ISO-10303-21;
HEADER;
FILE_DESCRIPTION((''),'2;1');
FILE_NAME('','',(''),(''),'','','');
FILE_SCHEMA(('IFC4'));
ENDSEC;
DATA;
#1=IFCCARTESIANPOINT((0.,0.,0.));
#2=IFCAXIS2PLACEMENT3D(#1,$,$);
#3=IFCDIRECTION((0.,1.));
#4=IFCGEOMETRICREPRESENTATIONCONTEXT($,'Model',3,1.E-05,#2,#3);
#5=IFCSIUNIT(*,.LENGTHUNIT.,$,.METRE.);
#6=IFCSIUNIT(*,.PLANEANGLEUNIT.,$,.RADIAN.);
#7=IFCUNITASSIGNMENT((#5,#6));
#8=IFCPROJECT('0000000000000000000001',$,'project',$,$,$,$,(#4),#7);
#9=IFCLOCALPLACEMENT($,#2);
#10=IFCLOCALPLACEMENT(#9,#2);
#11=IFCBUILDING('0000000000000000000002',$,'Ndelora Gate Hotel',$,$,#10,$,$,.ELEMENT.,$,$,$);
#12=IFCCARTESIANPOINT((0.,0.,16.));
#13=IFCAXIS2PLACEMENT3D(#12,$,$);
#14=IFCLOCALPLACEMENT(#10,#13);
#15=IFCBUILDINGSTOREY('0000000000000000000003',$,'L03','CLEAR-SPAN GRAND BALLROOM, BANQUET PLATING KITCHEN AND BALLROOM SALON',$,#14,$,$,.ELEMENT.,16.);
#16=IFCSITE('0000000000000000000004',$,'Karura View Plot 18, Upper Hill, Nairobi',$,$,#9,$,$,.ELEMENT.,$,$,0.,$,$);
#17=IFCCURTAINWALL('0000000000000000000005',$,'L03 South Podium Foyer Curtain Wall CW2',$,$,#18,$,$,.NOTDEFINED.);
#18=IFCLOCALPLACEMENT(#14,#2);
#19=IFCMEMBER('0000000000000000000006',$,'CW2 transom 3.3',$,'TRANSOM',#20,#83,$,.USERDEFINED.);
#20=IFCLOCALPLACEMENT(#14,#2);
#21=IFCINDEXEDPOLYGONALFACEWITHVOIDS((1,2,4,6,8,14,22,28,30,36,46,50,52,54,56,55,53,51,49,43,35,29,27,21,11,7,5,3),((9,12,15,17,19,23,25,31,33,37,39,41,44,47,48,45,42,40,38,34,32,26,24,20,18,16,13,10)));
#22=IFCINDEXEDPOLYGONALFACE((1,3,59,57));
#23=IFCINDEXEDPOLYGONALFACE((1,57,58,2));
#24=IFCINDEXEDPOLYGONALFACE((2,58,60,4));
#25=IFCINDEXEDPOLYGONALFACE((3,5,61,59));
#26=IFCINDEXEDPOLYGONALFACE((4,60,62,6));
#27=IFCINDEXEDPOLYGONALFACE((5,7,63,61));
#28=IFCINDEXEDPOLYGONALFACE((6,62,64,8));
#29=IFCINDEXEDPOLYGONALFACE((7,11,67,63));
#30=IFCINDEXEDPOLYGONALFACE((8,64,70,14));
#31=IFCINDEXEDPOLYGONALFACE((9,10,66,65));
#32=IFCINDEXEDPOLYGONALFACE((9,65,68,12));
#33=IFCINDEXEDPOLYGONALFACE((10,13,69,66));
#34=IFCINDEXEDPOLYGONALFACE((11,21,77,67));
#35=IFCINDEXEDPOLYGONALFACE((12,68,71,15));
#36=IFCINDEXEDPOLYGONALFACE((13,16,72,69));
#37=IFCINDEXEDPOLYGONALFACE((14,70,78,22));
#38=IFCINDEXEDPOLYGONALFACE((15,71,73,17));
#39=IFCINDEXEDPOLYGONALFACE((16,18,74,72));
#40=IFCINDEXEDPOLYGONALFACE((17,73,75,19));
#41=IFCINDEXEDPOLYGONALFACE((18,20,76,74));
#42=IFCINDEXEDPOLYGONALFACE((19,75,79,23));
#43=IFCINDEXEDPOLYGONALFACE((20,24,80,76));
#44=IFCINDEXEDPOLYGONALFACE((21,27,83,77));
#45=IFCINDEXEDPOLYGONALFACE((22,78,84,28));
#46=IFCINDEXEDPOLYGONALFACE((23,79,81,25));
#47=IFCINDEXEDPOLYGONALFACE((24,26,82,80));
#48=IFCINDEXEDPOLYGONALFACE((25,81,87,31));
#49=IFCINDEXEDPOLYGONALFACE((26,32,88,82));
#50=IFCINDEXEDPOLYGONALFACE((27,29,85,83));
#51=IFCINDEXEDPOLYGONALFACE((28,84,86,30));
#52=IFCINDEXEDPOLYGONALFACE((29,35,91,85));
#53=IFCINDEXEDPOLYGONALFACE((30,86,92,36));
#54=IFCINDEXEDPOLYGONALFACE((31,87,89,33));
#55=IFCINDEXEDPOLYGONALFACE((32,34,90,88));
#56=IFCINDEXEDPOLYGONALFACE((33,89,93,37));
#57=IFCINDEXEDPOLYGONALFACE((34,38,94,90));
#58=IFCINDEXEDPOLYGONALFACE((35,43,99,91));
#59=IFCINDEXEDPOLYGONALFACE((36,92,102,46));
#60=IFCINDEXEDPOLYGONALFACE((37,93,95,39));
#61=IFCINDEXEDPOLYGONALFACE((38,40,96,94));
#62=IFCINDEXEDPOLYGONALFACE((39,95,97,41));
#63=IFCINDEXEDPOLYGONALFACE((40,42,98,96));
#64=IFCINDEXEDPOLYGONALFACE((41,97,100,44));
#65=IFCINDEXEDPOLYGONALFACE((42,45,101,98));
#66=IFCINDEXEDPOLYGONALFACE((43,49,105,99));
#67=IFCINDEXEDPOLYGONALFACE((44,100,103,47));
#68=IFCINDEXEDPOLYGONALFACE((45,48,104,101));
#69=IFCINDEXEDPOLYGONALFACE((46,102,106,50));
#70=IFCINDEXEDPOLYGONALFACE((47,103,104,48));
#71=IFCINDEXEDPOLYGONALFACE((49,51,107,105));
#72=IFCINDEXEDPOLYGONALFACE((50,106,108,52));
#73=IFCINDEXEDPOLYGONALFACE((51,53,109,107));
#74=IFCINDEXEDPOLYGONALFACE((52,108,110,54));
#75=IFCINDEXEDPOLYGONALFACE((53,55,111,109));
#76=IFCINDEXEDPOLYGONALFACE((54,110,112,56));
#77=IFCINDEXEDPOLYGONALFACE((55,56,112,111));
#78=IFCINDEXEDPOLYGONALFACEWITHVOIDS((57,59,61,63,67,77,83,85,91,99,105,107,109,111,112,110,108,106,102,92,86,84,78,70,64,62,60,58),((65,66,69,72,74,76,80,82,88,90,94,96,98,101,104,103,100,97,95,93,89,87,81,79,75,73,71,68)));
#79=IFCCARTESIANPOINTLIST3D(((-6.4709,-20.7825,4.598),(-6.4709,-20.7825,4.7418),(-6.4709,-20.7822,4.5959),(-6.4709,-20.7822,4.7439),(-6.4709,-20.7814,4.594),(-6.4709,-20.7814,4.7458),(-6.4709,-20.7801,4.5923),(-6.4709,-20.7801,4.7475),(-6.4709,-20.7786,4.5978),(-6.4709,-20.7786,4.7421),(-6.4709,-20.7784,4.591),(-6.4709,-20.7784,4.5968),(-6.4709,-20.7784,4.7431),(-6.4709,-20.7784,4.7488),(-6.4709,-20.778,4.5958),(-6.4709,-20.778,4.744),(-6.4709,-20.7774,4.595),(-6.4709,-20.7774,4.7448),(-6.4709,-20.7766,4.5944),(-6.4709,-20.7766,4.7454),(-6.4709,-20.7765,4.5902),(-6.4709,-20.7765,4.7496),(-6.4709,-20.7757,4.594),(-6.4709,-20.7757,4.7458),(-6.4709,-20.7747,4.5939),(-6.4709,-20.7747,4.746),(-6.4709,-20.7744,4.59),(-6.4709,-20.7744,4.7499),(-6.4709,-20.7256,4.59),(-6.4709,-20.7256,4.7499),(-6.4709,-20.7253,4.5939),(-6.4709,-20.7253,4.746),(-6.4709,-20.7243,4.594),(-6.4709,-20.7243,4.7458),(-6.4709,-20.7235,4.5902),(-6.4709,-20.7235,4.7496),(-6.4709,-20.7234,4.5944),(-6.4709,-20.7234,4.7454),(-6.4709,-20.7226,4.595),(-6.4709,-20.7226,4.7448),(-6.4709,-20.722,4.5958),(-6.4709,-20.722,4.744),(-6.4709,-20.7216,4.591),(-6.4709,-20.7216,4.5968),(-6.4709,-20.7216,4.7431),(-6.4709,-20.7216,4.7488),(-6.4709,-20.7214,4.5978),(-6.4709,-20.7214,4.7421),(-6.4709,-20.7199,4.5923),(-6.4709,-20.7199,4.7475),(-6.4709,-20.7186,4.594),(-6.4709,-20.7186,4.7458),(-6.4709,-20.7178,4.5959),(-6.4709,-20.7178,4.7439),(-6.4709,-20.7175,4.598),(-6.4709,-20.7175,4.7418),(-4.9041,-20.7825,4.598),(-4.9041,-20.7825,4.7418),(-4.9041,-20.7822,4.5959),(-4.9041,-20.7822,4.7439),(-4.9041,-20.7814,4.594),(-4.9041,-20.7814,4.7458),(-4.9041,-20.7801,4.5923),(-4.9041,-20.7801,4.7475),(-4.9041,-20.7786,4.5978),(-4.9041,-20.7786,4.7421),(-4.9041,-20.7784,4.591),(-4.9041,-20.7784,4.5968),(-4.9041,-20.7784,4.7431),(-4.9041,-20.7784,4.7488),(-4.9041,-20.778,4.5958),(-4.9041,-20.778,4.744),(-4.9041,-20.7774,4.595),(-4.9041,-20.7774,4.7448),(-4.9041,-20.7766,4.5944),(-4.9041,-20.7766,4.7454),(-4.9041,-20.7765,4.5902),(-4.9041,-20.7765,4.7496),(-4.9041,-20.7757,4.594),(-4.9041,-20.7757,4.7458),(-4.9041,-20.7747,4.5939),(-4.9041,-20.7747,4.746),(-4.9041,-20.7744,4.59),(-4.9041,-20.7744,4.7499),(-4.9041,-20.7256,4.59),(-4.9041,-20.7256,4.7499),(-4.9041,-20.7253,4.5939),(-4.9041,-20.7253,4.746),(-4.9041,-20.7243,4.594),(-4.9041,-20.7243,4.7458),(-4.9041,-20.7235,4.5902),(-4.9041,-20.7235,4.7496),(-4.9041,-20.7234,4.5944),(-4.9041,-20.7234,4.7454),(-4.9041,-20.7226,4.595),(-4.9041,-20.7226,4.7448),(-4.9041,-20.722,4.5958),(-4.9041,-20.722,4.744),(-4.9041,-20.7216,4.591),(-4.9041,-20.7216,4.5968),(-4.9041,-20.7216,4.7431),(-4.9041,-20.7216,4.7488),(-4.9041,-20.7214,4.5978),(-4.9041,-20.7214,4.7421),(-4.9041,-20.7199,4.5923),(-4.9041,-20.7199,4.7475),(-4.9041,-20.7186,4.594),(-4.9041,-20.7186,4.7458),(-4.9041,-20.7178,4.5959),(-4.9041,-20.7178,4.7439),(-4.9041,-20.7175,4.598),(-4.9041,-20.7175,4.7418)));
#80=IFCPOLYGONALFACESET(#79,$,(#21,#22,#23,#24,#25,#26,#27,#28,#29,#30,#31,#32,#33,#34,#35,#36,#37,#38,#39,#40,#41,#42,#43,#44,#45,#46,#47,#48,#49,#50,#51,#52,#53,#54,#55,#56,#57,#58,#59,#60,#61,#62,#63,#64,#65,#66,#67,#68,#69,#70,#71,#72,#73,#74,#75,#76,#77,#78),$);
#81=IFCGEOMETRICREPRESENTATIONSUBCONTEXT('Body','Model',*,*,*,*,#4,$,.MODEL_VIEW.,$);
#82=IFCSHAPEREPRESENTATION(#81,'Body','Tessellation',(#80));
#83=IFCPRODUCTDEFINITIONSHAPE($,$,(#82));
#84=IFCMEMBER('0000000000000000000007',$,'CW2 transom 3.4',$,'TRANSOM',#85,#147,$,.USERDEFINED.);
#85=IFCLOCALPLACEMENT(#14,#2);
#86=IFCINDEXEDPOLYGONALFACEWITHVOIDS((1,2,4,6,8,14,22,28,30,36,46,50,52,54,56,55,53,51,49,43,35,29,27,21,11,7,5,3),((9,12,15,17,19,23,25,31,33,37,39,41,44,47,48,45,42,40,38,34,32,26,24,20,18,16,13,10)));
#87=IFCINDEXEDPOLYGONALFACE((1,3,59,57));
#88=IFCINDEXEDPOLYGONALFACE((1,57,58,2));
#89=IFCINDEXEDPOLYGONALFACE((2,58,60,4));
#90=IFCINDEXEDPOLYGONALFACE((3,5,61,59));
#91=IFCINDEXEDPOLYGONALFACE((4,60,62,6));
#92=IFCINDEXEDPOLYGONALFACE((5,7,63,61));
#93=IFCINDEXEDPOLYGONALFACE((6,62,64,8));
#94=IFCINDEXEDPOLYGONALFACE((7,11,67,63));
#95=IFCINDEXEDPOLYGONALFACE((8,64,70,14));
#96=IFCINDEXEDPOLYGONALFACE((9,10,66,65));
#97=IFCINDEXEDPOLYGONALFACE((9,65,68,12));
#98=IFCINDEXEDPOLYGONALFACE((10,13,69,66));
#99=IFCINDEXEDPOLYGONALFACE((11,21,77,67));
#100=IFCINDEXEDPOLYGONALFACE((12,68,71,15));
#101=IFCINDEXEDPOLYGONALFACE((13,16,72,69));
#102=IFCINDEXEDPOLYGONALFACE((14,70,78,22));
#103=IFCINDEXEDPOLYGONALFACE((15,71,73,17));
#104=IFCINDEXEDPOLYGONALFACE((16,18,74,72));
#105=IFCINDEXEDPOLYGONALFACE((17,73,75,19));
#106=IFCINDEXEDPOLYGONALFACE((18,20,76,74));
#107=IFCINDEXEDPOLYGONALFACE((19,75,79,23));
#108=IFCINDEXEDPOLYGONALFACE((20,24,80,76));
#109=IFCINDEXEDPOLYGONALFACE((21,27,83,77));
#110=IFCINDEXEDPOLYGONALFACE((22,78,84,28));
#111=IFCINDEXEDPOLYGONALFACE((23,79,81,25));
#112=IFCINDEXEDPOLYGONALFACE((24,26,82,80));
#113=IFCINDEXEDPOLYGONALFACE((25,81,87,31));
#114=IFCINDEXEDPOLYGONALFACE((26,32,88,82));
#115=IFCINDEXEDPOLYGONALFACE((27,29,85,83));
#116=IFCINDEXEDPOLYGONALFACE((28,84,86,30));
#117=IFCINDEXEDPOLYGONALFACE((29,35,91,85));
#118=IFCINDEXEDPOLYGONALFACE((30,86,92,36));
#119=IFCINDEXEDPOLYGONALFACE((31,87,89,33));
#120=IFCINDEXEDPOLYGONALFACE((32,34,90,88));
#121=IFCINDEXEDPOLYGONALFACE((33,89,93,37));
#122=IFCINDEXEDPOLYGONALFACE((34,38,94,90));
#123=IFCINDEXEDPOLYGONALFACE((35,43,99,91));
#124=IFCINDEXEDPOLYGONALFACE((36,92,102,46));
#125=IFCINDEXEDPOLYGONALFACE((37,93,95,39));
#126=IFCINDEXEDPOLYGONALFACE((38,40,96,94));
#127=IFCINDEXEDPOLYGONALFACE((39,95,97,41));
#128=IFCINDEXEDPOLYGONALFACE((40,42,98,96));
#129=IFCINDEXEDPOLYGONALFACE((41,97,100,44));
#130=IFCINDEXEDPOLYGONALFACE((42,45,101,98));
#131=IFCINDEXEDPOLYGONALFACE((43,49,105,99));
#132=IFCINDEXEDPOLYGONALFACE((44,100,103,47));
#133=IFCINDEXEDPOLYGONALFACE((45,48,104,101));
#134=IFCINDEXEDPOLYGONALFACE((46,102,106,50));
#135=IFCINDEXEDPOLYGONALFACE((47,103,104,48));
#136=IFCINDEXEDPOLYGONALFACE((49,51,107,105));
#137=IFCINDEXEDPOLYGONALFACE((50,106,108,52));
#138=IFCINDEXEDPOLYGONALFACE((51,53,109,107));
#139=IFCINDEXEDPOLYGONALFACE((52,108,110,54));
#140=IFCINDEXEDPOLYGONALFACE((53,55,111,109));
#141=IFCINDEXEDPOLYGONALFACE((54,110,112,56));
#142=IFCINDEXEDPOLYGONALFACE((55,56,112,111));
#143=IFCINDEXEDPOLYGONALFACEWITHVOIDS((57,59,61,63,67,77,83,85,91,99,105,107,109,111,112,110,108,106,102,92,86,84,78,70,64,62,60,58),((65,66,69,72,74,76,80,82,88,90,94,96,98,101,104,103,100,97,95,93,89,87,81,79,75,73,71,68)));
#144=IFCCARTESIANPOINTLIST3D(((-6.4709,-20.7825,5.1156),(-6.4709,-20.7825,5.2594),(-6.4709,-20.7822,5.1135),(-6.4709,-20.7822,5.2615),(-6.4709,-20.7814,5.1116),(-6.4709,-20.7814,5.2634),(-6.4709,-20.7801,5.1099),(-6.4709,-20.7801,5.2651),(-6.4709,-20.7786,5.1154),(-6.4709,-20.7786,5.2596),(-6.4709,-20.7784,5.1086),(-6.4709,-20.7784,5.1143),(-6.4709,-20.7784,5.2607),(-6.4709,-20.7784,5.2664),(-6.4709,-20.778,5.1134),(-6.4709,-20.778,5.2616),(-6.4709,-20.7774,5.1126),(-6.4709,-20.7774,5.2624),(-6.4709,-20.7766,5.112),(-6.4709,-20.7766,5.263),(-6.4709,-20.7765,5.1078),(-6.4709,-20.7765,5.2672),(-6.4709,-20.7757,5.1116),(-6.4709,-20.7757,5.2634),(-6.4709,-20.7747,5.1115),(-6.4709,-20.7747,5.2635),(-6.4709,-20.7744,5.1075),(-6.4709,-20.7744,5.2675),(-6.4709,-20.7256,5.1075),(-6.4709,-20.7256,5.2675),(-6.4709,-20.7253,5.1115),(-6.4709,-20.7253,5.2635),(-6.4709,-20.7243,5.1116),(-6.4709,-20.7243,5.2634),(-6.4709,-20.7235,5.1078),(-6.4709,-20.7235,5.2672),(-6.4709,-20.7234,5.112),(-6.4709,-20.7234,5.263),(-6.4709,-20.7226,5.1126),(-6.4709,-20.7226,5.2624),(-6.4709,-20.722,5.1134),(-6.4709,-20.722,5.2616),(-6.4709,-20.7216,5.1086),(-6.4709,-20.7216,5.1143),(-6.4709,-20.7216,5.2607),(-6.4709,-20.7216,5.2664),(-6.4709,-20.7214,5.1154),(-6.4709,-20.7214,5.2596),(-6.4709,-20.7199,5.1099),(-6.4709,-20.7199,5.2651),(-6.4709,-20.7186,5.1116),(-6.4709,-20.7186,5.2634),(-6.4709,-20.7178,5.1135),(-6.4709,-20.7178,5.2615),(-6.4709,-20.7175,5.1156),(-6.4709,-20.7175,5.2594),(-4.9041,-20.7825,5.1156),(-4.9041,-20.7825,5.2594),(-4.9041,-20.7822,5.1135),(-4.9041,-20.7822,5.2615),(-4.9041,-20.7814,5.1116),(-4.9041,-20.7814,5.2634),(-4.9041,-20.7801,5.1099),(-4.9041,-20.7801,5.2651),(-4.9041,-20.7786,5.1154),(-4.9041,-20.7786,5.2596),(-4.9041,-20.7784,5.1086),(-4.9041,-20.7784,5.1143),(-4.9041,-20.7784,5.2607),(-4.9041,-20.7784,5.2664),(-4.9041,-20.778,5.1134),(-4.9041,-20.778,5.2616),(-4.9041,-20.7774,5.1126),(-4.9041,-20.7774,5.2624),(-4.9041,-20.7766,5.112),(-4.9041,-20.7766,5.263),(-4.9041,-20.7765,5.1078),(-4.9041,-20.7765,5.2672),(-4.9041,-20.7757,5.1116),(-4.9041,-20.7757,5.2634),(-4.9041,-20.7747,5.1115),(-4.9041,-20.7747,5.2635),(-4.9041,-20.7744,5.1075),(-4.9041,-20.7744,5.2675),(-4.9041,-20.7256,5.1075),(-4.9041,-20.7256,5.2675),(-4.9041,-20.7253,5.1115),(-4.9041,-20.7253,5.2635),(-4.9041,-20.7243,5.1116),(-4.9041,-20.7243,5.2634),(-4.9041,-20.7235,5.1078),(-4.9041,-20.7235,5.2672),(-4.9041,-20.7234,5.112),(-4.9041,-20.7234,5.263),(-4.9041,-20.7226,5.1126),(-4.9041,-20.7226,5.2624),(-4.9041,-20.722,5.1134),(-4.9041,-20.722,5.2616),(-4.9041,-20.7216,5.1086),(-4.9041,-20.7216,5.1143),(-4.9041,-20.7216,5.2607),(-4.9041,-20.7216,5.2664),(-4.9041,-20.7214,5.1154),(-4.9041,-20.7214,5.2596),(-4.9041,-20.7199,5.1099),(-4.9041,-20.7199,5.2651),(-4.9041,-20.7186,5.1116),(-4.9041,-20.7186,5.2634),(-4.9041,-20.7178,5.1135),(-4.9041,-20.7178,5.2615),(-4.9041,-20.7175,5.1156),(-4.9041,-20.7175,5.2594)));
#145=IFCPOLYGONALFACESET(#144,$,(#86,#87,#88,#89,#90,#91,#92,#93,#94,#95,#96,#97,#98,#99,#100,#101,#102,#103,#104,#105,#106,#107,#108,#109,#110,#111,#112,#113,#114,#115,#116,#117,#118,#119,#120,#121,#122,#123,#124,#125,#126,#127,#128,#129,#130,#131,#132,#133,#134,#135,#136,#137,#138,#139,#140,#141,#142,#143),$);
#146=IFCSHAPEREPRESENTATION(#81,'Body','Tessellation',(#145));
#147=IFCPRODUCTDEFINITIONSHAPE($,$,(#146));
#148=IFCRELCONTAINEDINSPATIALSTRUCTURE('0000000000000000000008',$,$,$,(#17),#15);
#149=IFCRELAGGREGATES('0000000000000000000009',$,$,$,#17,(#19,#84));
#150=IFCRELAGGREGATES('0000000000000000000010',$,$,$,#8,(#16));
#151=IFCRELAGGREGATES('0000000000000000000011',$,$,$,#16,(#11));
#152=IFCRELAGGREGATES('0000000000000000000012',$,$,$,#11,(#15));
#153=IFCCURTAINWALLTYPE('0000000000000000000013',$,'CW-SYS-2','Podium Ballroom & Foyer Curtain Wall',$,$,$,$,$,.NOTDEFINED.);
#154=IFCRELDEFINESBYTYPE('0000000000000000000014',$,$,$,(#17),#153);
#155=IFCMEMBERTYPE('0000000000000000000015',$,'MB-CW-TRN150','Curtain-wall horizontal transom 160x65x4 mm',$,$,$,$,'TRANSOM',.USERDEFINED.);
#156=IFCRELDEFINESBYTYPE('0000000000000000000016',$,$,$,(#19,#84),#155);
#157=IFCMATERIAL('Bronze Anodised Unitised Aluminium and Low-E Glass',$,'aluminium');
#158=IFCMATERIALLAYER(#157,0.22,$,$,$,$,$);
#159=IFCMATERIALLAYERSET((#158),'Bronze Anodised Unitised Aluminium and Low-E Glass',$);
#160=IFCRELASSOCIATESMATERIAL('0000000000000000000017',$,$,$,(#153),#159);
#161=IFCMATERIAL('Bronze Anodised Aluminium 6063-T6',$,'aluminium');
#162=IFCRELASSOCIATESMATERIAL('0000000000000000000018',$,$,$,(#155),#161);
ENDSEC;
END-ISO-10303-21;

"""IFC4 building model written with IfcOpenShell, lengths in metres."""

from ifc_helpers import new_model, si_unit, direction, frame, origin, origin_2d, place, context, subcontext, project, spatial, hollow_rectangle, extrude, material, layer, layer_set, material_profile, profile_set, type_object, element, aggregate, save


model = new_model("IFC4")

# Units and contexts
model_context = context("Model", 3, precision=1e-05, world=origin(), true_north=direction((0.0, 1.0)))
body_context = subcontext(model_context, "Body", "Model", "MODEL_VIEW")
ifc_project = project(units=[si_unit("LENGTHUNIT", "METRE"), si_unit("PLANEANGLEUNIT", "RADIAN")], contexts=[model_context])

# Site, building, storey
site_placement = place(None, origin())
site = spatial("IfcSite", under=ifc_project, at=site_placement, Name="Karura View Plot 18, Upper Hill, Nairobi", CompositionType="ELEMENT", RefElevation=0.0)
building_placement = place(site_placement, origin())
building = spatial("IfcBuilding", under=site, at=building_placement, Name="Ndelora Gate Hotel", CompositionType="ELEMENT")
storey_placement = place(building_placement, frame((0.0, 0.0, 16.0)))
storey = spatial("IfcBuildingStorey", under=building, at=storey_placement, Name="L03", Description="CLEAR-SPAN GRAND BALLROOM, BANQUET PLATING KITCHEN AND BALLROOM SALON", CompositionType="ELEMENT", Elevation=16.0)

# Curtain wall, members
ifc_material_1 = material(Name="Bronze Anodised Unitised Aluminium and Low-E Glass", Category="aluminium")
ifc_layer_1 = layer(ifc_material_1, 0.22)
ifc_layer_set_1 = layer_set([ifc_layer_1], Name="Bronze Anodised Unitised Aluminium and Low-E Glass")
curtain_wall_type = type_object("IfcCurtainWallType", Name="CW-SYS-2", Description="Podium Ballroom & Foyer Curtain Wall", PredefinedType="NOTDEFINED", material=ifc_layer_set_1)
curtain_wall_placement = place(storey_placement, origin())
curtain_wall = element("IfcCurtainWall", 1, at=curtain_wall_placement, inside=storey, type_object=curtain_wall_type, Name="L03 South Podium Foyer Curtain Wall CW2", PredefinedType="NOTDEFINED")
ifc_material_2 = material(Name="Bronze Anodised Aluminium 6063-T6", Category="aluminium")
ifc_material_profile_1 = material_profile(ifc_material_2, hollow_rectangle(XDim=0.0649, YDim=0.1599, WallThickness=0.0039, InnerFilletRadius=0.0039, OuterFilletRadius=0.0081, at=origin_2d()), Name="ALU 160x65x4")
ifc_profile_set_1 = profile_set([ifc_material_profile_1], Name="Bronze Anodised Aluminium 6063-T6")
member_type_1 = type_object("IfcMemberType", Name="MB-CW-TRN150", Description="Curtain-wall horizontal transom 160x65x4 mm", ElementType="TRANSOM", PredefinedType="USERDEFINED", material=ifc_profile_set_1)
member_1_placement = place(storey_placement, frame((-6.4709, -20.75, 4.6699), z_axis=(1.0, 0.0, 0.0), x_axis=(0.0, 1.0, 0.0)))
member_1 = element("IfcMember", 2, at=member_1_placement, type_object=member_type_1, Name="CW2 transom 3.3", ObjectType="TRANSOM", PredefinedType="USERDEFINED", context=body_context, shape_type="SweptSolid", body=[
    extrude(hollow_rectangle(XDim=0.0649, YDim=0.1599, WallThickness=0.0039, InnerFilletRadius=0.0039, OuterFilletRadius=0.0081, at=origin_2d()), origin(), (0.0, 0.0, 1.0), 1.5669),
])
member_2_placement = place(storey_placement, frame((-6.4709, -20.75, 5.1875), z_axis=(1.0, 0.0, 0.0), x_axis=(0.0, 1.0, 0.0)))
member_2 = element("IfcMember", 3, at=member_2_placement, type_object=member_type_1, Name="CW2 transom 3.4", ObjectType="TRANSOM", PredefinedType="USERDEFINED", context=body_context, shape_type="SweptSolid", body=[
    extrude(hollow_rectangle(XDim=0.0649, YDim=0.1599, WallThickness=0.0039, InnerFilletRadius=0.0039, OuterFilletRadius=0.0081, at=origin_2d()), origin(), (0.0, 0.0, 1.0), 1.5669),
])
aggregate(curtain_wall, [member_1, member_2])

save(model, "model.ifc")
